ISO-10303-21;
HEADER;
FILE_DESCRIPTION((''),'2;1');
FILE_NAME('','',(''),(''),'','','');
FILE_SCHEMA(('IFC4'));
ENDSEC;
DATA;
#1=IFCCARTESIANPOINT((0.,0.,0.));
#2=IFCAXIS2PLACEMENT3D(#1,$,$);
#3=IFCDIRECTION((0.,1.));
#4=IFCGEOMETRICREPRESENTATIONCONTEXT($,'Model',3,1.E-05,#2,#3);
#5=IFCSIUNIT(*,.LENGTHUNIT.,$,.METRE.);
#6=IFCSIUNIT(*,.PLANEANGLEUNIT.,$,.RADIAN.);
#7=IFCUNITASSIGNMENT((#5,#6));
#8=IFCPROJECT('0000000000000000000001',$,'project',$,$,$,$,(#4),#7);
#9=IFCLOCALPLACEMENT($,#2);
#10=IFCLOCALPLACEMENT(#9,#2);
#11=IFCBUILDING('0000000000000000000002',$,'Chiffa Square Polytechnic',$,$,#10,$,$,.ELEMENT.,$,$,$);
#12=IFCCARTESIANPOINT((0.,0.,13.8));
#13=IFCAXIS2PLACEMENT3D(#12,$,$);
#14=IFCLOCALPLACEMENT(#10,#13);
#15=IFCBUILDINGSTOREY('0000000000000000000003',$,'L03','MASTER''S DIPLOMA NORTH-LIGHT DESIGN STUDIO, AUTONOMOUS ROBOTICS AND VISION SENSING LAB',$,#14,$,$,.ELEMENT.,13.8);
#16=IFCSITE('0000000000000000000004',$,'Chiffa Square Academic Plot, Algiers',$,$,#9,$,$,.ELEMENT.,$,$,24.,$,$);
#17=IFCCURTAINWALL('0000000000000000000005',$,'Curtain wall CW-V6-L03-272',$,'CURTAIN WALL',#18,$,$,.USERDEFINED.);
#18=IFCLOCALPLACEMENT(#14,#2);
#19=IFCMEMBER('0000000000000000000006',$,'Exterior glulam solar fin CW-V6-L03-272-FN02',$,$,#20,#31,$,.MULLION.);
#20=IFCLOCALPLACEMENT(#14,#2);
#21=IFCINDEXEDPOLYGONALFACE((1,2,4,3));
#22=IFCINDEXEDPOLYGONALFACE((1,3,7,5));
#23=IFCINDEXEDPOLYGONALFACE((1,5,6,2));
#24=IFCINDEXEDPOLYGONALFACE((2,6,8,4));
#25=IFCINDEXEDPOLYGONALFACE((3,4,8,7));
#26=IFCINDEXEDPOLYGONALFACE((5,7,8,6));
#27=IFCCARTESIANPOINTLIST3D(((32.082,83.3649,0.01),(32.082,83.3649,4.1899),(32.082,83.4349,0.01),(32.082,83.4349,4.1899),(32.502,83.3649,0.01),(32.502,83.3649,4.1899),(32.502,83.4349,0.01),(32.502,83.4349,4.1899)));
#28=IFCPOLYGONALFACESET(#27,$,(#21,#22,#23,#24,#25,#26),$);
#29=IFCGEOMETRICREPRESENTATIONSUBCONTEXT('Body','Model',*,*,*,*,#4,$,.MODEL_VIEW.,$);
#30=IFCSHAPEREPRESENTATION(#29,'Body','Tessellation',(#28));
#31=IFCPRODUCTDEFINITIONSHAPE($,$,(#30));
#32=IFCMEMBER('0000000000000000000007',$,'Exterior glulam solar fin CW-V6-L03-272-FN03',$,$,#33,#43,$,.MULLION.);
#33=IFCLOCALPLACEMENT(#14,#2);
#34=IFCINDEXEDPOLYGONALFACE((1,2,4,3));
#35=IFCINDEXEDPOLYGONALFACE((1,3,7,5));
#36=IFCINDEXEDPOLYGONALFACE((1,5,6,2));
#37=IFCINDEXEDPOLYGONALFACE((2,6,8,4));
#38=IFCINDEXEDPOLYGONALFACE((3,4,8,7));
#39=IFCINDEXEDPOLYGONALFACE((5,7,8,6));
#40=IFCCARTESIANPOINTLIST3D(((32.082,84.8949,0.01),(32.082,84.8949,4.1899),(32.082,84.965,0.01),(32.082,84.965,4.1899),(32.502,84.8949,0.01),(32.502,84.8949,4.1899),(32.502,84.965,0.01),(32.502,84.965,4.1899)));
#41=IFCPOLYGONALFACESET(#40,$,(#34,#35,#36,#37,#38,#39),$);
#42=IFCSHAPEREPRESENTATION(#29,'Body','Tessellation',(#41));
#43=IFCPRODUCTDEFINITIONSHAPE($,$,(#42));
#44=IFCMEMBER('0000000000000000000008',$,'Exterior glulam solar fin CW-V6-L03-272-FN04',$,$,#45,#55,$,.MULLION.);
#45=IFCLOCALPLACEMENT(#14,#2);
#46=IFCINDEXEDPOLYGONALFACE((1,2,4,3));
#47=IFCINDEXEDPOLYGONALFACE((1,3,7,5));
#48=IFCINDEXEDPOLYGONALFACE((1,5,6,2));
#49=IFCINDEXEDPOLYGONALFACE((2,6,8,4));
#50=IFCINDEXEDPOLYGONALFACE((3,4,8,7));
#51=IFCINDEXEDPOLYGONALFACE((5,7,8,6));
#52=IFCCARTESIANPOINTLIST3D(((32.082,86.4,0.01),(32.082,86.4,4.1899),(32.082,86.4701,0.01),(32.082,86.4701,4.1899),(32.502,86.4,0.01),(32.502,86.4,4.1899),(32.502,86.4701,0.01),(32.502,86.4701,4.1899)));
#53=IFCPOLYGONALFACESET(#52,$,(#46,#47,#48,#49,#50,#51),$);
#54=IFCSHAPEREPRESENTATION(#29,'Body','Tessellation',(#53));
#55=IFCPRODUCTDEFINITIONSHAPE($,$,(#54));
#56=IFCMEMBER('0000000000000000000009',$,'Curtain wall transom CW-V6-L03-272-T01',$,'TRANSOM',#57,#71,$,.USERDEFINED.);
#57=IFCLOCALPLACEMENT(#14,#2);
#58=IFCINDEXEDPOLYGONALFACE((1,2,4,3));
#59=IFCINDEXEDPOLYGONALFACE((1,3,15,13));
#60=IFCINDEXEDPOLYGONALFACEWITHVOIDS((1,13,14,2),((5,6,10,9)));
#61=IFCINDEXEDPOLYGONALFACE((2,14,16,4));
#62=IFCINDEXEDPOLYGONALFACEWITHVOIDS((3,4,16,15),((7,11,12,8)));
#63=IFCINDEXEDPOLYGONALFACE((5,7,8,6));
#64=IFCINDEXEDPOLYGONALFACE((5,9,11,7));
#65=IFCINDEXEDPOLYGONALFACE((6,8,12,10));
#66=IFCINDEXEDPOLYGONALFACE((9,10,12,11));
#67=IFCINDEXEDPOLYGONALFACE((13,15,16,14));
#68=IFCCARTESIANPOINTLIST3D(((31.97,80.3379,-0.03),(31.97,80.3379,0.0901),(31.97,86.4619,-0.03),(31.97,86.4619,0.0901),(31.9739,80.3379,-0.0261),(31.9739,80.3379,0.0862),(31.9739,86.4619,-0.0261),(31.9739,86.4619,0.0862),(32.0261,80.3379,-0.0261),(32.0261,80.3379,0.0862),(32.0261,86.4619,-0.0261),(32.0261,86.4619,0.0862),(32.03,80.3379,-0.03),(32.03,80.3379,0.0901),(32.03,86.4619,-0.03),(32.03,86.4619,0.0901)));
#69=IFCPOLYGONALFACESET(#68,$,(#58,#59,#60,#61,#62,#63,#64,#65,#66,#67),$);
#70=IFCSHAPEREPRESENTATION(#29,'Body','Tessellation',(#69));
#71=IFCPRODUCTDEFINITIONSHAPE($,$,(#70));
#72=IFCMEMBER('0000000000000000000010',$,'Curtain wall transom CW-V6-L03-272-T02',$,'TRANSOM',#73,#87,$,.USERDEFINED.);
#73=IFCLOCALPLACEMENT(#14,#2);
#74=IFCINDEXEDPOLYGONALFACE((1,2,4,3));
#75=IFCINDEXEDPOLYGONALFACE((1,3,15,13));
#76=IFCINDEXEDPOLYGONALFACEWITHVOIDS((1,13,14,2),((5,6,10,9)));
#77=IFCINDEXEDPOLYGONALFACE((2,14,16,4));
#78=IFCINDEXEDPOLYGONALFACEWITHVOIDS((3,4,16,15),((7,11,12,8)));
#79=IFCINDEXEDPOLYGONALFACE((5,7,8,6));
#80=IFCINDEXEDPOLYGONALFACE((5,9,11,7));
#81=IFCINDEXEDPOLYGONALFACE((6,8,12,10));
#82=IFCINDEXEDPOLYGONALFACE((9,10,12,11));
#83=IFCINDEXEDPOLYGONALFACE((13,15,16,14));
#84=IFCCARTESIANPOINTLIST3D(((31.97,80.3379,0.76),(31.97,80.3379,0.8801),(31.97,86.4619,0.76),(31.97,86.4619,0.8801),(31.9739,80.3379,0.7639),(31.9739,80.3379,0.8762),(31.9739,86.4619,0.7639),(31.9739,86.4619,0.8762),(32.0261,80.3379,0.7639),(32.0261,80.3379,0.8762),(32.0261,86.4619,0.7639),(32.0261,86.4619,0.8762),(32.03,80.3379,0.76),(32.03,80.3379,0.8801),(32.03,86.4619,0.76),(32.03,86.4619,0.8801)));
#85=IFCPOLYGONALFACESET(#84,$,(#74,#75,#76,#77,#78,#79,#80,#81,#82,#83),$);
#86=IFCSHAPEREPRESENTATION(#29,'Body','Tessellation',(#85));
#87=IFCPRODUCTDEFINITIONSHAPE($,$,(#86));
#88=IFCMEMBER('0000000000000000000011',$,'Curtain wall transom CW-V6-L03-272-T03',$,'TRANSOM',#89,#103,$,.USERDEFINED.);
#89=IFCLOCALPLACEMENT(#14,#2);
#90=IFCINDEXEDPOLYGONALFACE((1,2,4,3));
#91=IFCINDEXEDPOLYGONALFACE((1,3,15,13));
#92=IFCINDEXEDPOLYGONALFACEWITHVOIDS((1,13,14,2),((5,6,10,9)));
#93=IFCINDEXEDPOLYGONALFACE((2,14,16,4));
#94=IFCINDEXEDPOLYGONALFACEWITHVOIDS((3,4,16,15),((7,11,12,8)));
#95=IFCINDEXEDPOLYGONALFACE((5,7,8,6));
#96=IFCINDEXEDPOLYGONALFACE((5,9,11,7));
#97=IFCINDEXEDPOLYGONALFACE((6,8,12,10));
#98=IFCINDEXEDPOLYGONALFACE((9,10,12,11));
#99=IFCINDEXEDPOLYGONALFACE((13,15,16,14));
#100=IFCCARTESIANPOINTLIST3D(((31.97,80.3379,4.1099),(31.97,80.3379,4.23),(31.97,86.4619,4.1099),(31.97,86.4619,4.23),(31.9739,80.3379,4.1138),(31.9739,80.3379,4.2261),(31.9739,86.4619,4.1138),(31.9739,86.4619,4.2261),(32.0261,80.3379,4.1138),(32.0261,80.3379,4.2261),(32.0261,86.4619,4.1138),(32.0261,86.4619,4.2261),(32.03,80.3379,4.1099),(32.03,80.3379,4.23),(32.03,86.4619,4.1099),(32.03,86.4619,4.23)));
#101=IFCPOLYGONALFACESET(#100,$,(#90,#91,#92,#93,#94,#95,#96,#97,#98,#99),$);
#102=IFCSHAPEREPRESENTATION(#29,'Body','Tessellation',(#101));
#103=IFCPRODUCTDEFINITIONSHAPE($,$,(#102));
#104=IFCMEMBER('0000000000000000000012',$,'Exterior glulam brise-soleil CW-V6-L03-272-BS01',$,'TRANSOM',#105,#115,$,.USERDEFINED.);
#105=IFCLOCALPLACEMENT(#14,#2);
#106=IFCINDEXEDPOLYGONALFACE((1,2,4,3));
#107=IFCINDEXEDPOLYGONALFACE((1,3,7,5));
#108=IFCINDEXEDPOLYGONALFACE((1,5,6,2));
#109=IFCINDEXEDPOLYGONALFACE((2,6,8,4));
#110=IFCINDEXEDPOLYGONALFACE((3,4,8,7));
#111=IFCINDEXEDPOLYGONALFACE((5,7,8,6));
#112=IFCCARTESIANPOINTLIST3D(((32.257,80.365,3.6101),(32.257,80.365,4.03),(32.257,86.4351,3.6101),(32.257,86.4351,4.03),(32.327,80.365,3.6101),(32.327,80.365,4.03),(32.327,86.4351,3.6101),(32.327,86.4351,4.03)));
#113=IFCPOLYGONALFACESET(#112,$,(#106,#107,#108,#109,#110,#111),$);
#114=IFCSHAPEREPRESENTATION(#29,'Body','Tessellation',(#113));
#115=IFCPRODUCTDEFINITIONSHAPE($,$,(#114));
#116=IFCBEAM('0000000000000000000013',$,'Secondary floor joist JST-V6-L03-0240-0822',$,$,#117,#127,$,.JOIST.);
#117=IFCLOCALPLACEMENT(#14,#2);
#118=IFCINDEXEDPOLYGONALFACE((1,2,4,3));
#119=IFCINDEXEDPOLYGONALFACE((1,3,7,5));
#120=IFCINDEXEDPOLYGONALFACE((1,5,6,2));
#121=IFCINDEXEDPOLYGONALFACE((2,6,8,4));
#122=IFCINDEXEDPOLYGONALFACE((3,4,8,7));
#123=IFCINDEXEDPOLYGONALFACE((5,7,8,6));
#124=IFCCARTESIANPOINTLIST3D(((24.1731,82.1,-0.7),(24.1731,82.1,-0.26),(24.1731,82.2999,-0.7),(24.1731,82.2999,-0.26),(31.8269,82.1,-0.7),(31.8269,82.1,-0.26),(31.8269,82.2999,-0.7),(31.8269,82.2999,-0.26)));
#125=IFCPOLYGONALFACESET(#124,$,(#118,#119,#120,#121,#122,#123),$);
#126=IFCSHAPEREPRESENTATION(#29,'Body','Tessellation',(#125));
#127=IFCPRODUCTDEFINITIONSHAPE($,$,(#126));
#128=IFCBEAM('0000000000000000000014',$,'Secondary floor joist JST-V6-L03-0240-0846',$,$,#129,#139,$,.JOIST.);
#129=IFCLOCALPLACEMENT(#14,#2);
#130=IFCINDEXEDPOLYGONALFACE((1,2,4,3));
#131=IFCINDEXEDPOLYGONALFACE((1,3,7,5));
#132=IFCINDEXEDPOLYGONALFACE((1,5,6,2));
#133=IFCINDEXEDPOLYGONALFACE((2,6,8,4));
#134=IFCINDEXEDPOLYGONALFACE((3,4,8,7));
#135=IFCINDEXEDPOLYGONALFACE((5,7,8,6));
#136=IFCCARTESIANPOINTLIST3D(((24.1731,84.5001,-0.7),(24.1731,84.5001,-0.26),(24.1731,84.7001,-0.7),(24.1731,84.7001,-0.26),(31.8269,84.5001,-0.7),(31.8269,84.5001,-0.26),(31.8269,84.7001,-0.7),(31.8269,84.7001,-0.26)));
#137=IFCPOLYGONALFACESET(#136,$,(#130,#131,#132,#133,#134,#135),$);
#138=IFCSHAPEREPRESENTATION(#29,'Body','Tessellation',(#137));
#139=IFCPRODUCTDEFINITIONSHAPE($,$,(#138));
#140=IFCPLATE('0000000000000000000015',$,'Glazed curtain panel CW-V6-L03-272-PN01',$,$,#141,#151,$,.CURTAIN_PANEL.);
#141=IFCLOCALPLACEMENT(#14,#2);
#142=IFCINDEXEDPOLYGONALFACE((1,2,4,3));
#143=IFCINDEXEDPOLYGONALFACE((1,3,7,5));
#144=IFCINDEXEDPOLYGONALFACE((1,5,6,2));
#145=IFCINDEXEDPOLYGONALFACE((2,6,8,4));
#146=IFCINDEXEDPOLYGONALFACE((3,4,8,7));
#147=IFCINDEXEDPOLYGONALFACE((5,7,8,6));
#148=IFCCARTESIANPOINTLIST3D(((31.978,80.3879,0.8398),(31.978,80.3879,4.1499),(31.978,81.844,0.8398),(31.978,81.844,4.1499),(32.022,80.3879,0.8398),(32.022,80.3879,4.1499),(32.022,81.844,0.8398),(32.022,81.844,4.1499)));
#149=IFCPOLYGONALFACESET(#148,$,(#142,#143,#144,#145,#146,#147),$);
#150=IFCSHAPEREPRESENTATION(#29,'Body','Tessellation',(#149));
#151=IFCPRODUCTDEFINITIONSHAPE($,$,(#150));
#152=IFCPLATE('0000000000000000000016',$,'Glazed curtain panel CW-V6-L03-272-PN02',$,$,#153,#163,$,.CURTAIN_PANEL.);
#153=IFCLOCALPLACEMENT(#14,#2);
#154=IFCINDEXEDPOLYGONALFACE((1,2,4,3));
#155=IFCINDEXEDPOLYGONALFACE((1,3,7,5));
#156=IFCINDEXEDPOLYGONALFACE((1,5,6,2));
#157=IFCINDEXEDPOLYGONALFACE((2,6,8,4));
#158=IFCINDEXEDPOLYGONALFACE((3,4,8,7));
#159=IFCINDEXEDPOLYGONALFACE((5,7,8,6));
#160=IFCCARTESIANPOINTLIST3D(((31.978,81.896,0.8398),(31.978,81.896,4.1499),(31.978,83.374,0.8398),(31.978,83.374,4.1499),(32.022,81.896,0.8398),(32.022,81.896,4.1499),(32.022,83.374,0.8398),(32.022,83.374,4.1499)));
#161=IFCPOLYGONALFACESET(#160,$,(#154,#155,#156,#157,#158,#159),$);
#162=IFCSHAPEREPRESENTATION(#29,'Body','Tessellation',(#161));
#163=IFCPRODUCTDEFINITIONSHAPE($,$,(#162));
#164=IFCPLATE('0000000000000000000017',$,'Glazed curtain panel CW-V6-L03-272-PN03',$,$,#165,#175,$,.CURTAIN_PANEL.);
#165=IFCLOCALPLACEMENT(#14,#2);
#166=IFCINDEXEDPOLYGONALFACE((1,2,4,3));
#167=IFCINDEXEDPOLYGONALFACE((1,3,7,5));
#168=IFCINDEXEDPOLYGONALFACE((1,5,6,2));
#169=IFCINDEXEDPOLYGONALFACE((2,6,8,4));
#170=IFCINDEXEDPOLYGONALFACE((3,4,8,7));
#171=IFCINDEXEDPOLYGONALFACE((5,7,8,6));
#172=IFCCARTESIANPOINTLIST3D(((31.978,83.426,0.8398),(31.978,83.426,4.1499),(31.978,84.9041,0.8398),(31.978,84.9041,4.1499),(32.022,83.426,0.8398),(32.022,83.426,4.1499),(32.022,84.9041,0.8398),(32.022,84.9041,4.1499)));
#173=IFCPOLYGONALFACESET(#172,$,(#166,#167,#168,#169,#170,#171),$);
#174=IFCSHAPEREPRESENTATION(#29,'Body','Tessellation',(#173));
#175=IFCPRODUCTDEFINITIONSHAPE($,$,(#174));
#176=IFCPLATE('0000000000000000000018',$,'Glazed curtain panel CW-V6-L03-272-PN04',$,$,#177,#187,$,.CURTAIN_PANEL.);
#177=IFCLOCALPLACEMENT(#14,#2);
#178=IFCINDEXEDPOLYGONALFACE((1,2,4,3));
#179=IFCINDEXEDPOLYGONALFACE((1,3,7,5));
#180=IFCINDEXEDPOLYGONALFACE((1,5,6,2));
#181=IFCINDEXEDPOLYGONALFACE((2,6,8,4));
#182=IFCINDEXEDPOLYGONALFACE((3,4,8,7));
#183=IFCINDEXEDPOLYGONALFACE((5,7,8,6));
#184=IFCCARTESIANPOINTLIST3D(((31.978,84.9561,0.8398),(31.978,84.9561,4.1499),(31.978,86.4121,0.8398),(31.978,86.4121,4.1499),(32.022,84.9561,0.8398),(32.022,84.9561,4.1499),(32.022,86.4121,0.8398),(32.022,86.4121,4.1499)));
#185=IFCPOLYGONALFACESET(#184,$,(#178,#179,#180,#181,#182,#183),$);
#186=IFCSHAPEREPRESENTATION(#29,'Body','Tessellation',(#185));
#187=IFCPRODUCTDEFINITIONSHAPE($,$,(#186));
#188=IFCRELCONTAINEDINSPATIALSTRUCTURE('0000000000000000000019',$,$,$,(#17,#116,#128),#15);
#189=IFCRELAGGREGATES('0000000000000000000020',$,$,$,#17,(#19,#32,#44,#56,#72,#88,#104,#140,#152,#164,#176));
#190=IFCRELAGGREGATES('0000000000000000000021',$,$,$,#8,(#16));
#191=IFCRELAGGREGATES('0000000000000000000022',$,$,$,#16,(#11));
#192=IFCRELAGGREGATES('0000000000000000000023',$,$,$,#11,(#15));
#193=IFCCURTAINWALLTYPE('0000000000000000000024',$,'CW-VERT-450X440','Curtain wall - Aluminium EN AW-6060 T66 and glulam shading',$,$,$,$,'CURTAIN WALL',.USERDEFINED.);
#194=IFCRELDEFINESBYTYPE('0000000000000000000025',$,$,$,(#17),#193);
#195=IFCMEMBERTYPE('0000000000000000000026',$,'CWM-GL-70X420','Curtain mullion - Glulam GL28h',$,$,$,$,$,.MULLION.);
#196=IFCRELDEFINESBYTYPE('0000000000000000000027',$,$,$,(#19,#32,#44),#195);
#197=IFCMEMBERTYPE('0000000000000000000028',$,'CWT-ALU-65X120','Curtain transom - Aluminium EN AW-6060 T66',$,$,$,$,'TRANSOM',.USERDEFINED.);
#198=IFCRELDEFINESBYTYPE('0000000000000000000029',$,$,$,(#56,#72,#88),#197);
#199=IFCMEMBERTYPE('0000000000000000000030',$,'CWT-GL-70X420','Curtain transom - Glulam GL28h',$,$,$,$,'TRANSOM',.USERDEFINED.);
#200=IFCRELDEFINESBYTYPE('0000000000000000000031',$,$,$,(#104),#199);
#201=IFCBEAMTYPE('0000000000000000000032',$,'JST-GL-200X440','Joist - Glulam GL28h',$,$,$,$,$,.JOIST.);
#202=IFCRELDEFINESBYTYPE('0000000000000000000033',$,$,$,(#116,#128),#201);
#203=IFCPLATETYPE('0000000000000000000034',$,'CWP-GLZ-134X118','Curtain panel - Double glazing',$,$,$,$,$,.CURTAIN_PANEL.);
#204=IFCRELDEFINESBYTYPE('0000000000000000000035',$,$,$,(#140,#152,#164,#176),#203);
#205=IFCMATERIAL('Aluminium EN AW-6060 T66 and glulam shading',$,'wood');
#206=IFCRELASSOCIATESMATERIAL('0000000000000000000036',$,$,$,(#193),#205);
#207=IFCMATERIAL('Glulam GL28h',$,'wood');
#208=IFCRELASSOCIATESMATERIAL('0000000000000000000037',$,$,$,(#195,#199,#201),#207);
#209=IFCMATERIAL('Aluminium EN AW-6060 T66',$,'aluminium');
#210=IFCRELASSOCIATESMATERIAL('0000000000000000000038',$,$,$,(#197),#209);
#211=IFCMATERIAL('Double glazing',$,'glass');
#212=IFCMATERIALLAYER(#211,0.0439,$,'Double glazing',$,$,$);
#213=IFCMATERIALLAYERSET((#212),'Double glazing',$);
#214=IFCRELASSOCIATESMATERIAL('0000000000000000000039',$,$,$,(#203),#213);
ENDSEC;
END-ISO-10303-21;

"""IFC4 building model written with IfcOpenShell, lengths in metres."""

from ifc_helpers import new_model, si_unit, direction, frame, origin, origin_2d, place, context, subcontext, project, spatial, rectangle, hollow_rectangle, extrude, material, layer, layer_set, material_profile, profile_set, type_object, element, aggregate, save


model = new_model("IFC4")

# Units and contexts
model_context = context("Model", 3, precision=1e-05, world=origin(), true_north=direction((0.0, 1.0)))
body_context = subcontext(model_context, "Body", "Model", "MODEL_VIEW")
ifc_project = project(units=[si_unit("LENGTHUNIT", "METRE"), si_unit("PLANEANGLEUNIT", "RADIAN")], contexts=[model_context])

# Site, building, storey
site_placement = place(None, origin())
site = spatial("IfcSite", under=ifc_project, at=site_placement, Name="Chiffa Square Academic Plot, Algiers", CompositionType="ELEMENT", RefElevation=24.0)
building_placement = place(site_placement, origin())
building = spatial("IfcBuilding", under=site, at=building_placement, Name="Chiffa Square Polytechnic", CompositionType="ELEMENT")
storey_placement = place(building_placement, frame((0.0, 0.0, 13.8)))
storey = spatial("IfcBuildingStorey", under=building, at=storey_placement, Name="L03", Description="MASTER'S DIPLOMA NORTH-LIGHT DESIGN STUDIO, AUTONOMOUS ROBOTICS AND VISION SENSING LAB", CompositionType="ELEMENT", Elevation=13.8)

# Curtain wall, members
ifc_material_1 = material(Name="Aluminium EN AW-6060 T66 and glulam shading", Category="wood")
curtain_wall_type = type_object("IfcCurtainWallType", Name="CW-VERT-450X440", Description="Curtain wall - Aluminium EN AW-6060 T66 and glulam shading", ElementType="CURTAIN WALL", PredefinedType="USERDEFINED", material=ifc_material_1)
curtain_wall_placement = place(storey_placement, origin())
curtain_wall = element("IfcCurtainWall", 1, at=curtain_wall_placement, inside=storey, type_object=curtain_wall_type, Name="Curtain wall CW-V6-L03-272", ObjectType="CURTAIN WALL", PredefinedType="USERDEFINED")
ifc_material_2 = material(Name="Aluminium EN AW-6060 T66", Category="aluminium")
ifc_material_3 = material(Name="Glulam GL28h", Category="wood")
ifc_material_profile_1 = material_profile(ifc_material_3, rectangle(XDim=0.0701, YDim=0.4199, at=origin_2d()), Name="GL28h 70x420")
ifc_profile_set_1 = profile_set([ifc_material_profile_1], Name="Glulam GL28h")
member_type_1 = type_object("IfcMemberType", Name="CWM-GL-70X420", Description="Curtain mullion - Glulam GL28h", PredefinedType="MULLION", material=ifc_profile_set_1)
member_1_placement = place(storey_placement, frame((32.292, 83.3999, 0.01), z_axis=(0.0, 0.0, 1.0), x_axis=(0.0, 1.0, 0.0)))
member_1 = element("IfcMember", 2, at=member_1_placement, type_object=member_type_1, Name="Exterior glulam solar fin CW-V6-L03-272-FN02", PredefinedType="MULLION", context=body_context, shape_type="SweptSolid", body=[
    extrude(rectangle(XDim=0.0701, YDim=0.4199, at=origin_2d()), origin(), (0.0, 0.0, 1.0), 4.1799),
])
member_2_placement = place(storey_placement, frame((32.292, 84.9299, 0.01), z_axis=(0.0, 0.0, 1.0), x_axis=(0.0, 1.0, 0.0)))
member_2 = element("IfcMember", 3, at=member_2_placement, type_object=member_type_1, Name="Exterior glulam solar fin CW-V6-L03-272-FN03", PredefinedType="MULLION", context=body_context, shape_type="SweptSolid", body=[
    extrude(rectangle(XDim=0.0701, YDim=0.4199, at=origin_2d()), origin(), (0.0, 0.0, 1.0), 4.1799),
])
member_3_placement = place(storey_placement, frame((32.292, 86.4351, 0.01), z_axis=(0.0, 0.0, 1.0), x_axis=(0.0, 1.0, 0.0)))
member_3 = element("IfcMember", 4, at=member_3_placement, type_object=member_type_1, Name="Exterior glulam solar fin CW-V6-L03-272-FN04", PredefinedType="MULLION", context=body_context, shape_type="SweptSolid", body=[
    extrude(rectangle(XDim=0.0701, YDim=0.4199, at=origin_2d()), origin(), (0.0, 0.0, 1.0), 4.1799),
])
ifc_material_profile_2 = material_profile(ifc_material_2, hollow_rectangle(XDim=0.0601, YDim=0.1201, WallThickness=0.0039, at=origin_2d()), Name="ALU 60x120x4")
ifc_profile_set_2 = profile_set([ifc_material_profile_2], Name="Aluminium EN AW-6060 T66")
member_type_2 = type_object("IfcMemberType", Name="CWT-ALU-65X120", Description="Curtain transom - Aluminium EN AW-6060 T66", ElementType="TRANSOM", PredefinedType="USERDEFINED", material=ifc_profile_set_2)
member_4_placement = place(storey_placement, frame((32.0, 80.3379, 0.03), z_axis=(0.0, 1.0, 0.0), x_axis=(-1.0, 0.0, 0.0)))
member_4 = element("IfcMember", 5, at=member_4_placement, type_object=member_type_2, Name="Curtain wall transom CW-V6-L03-272-T01", ObjectType="TRANSOM", PredefinedType="USERDEFINED", context=body_context, shape_type="SweptSolid", body=[
    extrude(hollow_rectangle(XDim=0.0601, YDim=0.1201, WallThickness=0.0039, at=origin_2d()), origin(), (0.0, 0.0, 1.0), 6.124),
])
member_5_placement = place(storey_placement, frame((32.0, 80.3379, 0.8201), z_axis=(0.0, 1.0, 0.0), x_axis=(-1.0, 0.0, 0.0)))
member_5 = element("IfcMember", 6, at=member_5_placement, type_object=member_type_2, Name="Curtain wall transom CW-V6-L03-272-T02", ObjectType="TRANSOM", PredefinedType="USERDEFINED", context=body_context, shape_type="SweptSolid", body=[
    extrude(hollow_rectangle(XDim=0.0601, YDim=0.1201, WallThickness=0.0039, at=origin_2d()), origin(), (0.0, 0.0, 1.0), 6.124),
])
member_6_placement = place(storey_placement, frame((32.0, 80.3379, 4.1699), z_axis=(0.0, 1.0, 0.0), x_axis=(-1.0, 0.0, 0.0)))
member_6 = element("IfcMember", 7, at=member_6_placement, type_object=member_type_2, Name="Curtain wall transom CW-V6-L03-272-T03", ObjectType="TRANSOM", PredefinedType="USERDEFINED", context=body_context, shape_type="SweptSolid", body=[
    extrude(hollow_rectangle(XDim=0.0601, YDim=0.1201, WallThickness=0.0039, at=origin_2d()), origin(), (0.0, 0.0, 1.0), 6.124),
])
ifc_material_profile_3 = material_profile(ifc_material_3, rectangle(XDim=0.0701, YDim=0.4199, at=origin_2d()), Name="GL28h 70x420")
ifc_profile_set_3 = profile_set([ifc_material_profile_3], Name="Glulam GL28h")
member_type_3 = type_object("IfcMemberType", Name="CWT-GL-70X420", Description="Curtain transom - Glulam GL28h", ElementType="TRANSOM", PredefinedType="USERDEFINED", material=ifc_profile_set_3)
member_7_placement = place(storey_placement, frame((32.292, 80.365, 3.8201), z_axis=(0.0, 1.0, 0.0), x_axis=(-1.0, 0.0, 0.0)))
member_7 = element("IfcMember", 8, at=member_7_placement, type_object=member_type_3, Name="Exterior glulam brise-soleil CW-V6-L03-272-BS01", ObjectType="TRANSOM", PredefinedType="USERDEFINED", context=body_context, shape_type="SweptSolid", body=[
    extrude(rectangle(XDim=0.0701, YDim=0.4199, at=origin_2d()), origin(), (0.0, 0.0, 1.0), 6.0701),
])

# Beams
ifc_material_profile_4 = material_profile(ifc_material_3, rectangle(XDim=0.2, YDim=0.4399, at=origin_2d()), Name="GL28h 200x440")
ifc_profile_set_4 = profile_set([ifc_material_profile_4], Name="Glulam GL28h")
beam_type_1 = type_object("IfcBeamType", Name="JST-GL-200X440", Description="Joist - Glulam GL28h", PredefinedType="JOIST", material=ifc_profile_set_4)
for number, where, z_axis, x_axis, name in (
    (9, (24.1731, 82.2, -0.48), (1.0, 0.0, 0.0), (0.0, 1.0, 0.0), "Secondary floor joist JST-V6-L03-0240-0822"),
    (10, (24.1731, 84.6001, -0.48), (1.0, 0.0, 0.0), (0.0, 1.0, 0.0), "Secondary floor joist JST-V6-L03-0240-0846"),
):
    element("IfcBeam", number, at=place(storey_placement, frame(where, z_axis=z_axis, x_axis=x_axis)), inside=storey, type_object=beam_type_1, Name=name, PredefinedType="JOIST", context=body_context, shape_type="SweptSolid", body=[
        extrude(rectangle(XDim=0.2, YDim=0.4399, at=origin_2d()), origin(), (0.0, 0.0, 1.0), 7.6538),
    ])

# Plates
ifc_material_4 = material(Name="Double glazing", Category="glass")
ifc_layer_1 = layer(ifc_material_4, 0.0439, Name="Double glazing")
ifc_layer_set_1 = layer_set([ifc_layer_1], Name="Double glazing")
plate_type_1 = type_object("IfcPlateType", Name="CWP-GLZ-134X118", Description="Curtain panel - Double glazing", PredefinedType="CURTAIN_PANEL", material=ifc_layer_set_1)
plate_1_placement = place(storey_placement, frame((32.0, 81.116, 0.8398), z_axis=(0.0, 0.0, 1.0), x_axis=(0.0, 1.0, 0.0)))
plate_1 = element("IfcPlate", 11, at=plate_1_placement, type_object=plate_type_1, Name="Glazed curtain panel CW-V6-L03-272-PN01", PredefinedType="CURTAIN_PANEL", context=body_context, shape_type="SweptSolid", body=[
    extrude(rectangle(XDim=1.4561, YDim=0.0439, at=origin_2d()), origin(), (0.0, 0.0, 1.0), 3.3101),
])
plate_2_placement = place(storey_placement, frame((32.0, 82.635, 0.8398), z_axis=(0.0, 0.0, 1.0), x_axis=(0.0, 1.0, 0.0)))
plate_2 = element("IfcPlate", 12, at=plate_2_placement, type_object=plate_type_1, Name="Glazed curtain panel CW-V6-L03-272-PN02", PredefinedType="CURTAIN_PANEL", context=body_context, shape_type="SweptSolid", body=[
    extrude(rectangle(XDim=1.478, YDim=0.0439, at=origin_2d()), origin(), (0.0, 0.0, 1.0), 3.3101),
])
plate_3_placement = place(storey_placement, frame((32.0, 84.165, 0.8398), z_axis=(0.0, 0.0, 1.0), x_axis=(0.0, 1.0, 0.0)))
plate_3 = element("IfcPlate", 13, at=plate_3_placement, type_object=plate_type_1, Name="Glazed curtain panel CW-V6-L03-272-PN03", PredefinedType="CURTAIN_PANEL", context=body_context, shape_type="SweptSolid", body=[
    extrude(rectangle(XDim=1.478, YDim=0.0439, at=origin_2d()), origin(), (0.0, 0.0, 1.0), 3.3101),
])
plate_4_placement = place(storey_placement, frame((32.0, 85.6841, 0.8398), z_axis=(0.0, 0.0, 1.0), x_axis=(0.0, 1.0, 0.0)))
plate_4 = element("IfcPlate", 14, at=plate_4_placement, type_object=plate_type_1, Name="Glazed curtain panel CW-V6-L03-272-PN04", PredefinedType="CURTAIN_PANEL", context=body_context, shape_type="SweptSolid", body=[
    extrude(rectangle(XDim=1.4561, YDim=0.0439, at=origin_2d()), origin(), (0.0, 0.0, 1.0), 3.3101),
])
aggregate(curtain_wall, [member_1, member_2, member_3, member_4, member_5, member_6, member_7, plate_1, plate_2, plate_3, plate_4])

save(model, "model.ifc")
